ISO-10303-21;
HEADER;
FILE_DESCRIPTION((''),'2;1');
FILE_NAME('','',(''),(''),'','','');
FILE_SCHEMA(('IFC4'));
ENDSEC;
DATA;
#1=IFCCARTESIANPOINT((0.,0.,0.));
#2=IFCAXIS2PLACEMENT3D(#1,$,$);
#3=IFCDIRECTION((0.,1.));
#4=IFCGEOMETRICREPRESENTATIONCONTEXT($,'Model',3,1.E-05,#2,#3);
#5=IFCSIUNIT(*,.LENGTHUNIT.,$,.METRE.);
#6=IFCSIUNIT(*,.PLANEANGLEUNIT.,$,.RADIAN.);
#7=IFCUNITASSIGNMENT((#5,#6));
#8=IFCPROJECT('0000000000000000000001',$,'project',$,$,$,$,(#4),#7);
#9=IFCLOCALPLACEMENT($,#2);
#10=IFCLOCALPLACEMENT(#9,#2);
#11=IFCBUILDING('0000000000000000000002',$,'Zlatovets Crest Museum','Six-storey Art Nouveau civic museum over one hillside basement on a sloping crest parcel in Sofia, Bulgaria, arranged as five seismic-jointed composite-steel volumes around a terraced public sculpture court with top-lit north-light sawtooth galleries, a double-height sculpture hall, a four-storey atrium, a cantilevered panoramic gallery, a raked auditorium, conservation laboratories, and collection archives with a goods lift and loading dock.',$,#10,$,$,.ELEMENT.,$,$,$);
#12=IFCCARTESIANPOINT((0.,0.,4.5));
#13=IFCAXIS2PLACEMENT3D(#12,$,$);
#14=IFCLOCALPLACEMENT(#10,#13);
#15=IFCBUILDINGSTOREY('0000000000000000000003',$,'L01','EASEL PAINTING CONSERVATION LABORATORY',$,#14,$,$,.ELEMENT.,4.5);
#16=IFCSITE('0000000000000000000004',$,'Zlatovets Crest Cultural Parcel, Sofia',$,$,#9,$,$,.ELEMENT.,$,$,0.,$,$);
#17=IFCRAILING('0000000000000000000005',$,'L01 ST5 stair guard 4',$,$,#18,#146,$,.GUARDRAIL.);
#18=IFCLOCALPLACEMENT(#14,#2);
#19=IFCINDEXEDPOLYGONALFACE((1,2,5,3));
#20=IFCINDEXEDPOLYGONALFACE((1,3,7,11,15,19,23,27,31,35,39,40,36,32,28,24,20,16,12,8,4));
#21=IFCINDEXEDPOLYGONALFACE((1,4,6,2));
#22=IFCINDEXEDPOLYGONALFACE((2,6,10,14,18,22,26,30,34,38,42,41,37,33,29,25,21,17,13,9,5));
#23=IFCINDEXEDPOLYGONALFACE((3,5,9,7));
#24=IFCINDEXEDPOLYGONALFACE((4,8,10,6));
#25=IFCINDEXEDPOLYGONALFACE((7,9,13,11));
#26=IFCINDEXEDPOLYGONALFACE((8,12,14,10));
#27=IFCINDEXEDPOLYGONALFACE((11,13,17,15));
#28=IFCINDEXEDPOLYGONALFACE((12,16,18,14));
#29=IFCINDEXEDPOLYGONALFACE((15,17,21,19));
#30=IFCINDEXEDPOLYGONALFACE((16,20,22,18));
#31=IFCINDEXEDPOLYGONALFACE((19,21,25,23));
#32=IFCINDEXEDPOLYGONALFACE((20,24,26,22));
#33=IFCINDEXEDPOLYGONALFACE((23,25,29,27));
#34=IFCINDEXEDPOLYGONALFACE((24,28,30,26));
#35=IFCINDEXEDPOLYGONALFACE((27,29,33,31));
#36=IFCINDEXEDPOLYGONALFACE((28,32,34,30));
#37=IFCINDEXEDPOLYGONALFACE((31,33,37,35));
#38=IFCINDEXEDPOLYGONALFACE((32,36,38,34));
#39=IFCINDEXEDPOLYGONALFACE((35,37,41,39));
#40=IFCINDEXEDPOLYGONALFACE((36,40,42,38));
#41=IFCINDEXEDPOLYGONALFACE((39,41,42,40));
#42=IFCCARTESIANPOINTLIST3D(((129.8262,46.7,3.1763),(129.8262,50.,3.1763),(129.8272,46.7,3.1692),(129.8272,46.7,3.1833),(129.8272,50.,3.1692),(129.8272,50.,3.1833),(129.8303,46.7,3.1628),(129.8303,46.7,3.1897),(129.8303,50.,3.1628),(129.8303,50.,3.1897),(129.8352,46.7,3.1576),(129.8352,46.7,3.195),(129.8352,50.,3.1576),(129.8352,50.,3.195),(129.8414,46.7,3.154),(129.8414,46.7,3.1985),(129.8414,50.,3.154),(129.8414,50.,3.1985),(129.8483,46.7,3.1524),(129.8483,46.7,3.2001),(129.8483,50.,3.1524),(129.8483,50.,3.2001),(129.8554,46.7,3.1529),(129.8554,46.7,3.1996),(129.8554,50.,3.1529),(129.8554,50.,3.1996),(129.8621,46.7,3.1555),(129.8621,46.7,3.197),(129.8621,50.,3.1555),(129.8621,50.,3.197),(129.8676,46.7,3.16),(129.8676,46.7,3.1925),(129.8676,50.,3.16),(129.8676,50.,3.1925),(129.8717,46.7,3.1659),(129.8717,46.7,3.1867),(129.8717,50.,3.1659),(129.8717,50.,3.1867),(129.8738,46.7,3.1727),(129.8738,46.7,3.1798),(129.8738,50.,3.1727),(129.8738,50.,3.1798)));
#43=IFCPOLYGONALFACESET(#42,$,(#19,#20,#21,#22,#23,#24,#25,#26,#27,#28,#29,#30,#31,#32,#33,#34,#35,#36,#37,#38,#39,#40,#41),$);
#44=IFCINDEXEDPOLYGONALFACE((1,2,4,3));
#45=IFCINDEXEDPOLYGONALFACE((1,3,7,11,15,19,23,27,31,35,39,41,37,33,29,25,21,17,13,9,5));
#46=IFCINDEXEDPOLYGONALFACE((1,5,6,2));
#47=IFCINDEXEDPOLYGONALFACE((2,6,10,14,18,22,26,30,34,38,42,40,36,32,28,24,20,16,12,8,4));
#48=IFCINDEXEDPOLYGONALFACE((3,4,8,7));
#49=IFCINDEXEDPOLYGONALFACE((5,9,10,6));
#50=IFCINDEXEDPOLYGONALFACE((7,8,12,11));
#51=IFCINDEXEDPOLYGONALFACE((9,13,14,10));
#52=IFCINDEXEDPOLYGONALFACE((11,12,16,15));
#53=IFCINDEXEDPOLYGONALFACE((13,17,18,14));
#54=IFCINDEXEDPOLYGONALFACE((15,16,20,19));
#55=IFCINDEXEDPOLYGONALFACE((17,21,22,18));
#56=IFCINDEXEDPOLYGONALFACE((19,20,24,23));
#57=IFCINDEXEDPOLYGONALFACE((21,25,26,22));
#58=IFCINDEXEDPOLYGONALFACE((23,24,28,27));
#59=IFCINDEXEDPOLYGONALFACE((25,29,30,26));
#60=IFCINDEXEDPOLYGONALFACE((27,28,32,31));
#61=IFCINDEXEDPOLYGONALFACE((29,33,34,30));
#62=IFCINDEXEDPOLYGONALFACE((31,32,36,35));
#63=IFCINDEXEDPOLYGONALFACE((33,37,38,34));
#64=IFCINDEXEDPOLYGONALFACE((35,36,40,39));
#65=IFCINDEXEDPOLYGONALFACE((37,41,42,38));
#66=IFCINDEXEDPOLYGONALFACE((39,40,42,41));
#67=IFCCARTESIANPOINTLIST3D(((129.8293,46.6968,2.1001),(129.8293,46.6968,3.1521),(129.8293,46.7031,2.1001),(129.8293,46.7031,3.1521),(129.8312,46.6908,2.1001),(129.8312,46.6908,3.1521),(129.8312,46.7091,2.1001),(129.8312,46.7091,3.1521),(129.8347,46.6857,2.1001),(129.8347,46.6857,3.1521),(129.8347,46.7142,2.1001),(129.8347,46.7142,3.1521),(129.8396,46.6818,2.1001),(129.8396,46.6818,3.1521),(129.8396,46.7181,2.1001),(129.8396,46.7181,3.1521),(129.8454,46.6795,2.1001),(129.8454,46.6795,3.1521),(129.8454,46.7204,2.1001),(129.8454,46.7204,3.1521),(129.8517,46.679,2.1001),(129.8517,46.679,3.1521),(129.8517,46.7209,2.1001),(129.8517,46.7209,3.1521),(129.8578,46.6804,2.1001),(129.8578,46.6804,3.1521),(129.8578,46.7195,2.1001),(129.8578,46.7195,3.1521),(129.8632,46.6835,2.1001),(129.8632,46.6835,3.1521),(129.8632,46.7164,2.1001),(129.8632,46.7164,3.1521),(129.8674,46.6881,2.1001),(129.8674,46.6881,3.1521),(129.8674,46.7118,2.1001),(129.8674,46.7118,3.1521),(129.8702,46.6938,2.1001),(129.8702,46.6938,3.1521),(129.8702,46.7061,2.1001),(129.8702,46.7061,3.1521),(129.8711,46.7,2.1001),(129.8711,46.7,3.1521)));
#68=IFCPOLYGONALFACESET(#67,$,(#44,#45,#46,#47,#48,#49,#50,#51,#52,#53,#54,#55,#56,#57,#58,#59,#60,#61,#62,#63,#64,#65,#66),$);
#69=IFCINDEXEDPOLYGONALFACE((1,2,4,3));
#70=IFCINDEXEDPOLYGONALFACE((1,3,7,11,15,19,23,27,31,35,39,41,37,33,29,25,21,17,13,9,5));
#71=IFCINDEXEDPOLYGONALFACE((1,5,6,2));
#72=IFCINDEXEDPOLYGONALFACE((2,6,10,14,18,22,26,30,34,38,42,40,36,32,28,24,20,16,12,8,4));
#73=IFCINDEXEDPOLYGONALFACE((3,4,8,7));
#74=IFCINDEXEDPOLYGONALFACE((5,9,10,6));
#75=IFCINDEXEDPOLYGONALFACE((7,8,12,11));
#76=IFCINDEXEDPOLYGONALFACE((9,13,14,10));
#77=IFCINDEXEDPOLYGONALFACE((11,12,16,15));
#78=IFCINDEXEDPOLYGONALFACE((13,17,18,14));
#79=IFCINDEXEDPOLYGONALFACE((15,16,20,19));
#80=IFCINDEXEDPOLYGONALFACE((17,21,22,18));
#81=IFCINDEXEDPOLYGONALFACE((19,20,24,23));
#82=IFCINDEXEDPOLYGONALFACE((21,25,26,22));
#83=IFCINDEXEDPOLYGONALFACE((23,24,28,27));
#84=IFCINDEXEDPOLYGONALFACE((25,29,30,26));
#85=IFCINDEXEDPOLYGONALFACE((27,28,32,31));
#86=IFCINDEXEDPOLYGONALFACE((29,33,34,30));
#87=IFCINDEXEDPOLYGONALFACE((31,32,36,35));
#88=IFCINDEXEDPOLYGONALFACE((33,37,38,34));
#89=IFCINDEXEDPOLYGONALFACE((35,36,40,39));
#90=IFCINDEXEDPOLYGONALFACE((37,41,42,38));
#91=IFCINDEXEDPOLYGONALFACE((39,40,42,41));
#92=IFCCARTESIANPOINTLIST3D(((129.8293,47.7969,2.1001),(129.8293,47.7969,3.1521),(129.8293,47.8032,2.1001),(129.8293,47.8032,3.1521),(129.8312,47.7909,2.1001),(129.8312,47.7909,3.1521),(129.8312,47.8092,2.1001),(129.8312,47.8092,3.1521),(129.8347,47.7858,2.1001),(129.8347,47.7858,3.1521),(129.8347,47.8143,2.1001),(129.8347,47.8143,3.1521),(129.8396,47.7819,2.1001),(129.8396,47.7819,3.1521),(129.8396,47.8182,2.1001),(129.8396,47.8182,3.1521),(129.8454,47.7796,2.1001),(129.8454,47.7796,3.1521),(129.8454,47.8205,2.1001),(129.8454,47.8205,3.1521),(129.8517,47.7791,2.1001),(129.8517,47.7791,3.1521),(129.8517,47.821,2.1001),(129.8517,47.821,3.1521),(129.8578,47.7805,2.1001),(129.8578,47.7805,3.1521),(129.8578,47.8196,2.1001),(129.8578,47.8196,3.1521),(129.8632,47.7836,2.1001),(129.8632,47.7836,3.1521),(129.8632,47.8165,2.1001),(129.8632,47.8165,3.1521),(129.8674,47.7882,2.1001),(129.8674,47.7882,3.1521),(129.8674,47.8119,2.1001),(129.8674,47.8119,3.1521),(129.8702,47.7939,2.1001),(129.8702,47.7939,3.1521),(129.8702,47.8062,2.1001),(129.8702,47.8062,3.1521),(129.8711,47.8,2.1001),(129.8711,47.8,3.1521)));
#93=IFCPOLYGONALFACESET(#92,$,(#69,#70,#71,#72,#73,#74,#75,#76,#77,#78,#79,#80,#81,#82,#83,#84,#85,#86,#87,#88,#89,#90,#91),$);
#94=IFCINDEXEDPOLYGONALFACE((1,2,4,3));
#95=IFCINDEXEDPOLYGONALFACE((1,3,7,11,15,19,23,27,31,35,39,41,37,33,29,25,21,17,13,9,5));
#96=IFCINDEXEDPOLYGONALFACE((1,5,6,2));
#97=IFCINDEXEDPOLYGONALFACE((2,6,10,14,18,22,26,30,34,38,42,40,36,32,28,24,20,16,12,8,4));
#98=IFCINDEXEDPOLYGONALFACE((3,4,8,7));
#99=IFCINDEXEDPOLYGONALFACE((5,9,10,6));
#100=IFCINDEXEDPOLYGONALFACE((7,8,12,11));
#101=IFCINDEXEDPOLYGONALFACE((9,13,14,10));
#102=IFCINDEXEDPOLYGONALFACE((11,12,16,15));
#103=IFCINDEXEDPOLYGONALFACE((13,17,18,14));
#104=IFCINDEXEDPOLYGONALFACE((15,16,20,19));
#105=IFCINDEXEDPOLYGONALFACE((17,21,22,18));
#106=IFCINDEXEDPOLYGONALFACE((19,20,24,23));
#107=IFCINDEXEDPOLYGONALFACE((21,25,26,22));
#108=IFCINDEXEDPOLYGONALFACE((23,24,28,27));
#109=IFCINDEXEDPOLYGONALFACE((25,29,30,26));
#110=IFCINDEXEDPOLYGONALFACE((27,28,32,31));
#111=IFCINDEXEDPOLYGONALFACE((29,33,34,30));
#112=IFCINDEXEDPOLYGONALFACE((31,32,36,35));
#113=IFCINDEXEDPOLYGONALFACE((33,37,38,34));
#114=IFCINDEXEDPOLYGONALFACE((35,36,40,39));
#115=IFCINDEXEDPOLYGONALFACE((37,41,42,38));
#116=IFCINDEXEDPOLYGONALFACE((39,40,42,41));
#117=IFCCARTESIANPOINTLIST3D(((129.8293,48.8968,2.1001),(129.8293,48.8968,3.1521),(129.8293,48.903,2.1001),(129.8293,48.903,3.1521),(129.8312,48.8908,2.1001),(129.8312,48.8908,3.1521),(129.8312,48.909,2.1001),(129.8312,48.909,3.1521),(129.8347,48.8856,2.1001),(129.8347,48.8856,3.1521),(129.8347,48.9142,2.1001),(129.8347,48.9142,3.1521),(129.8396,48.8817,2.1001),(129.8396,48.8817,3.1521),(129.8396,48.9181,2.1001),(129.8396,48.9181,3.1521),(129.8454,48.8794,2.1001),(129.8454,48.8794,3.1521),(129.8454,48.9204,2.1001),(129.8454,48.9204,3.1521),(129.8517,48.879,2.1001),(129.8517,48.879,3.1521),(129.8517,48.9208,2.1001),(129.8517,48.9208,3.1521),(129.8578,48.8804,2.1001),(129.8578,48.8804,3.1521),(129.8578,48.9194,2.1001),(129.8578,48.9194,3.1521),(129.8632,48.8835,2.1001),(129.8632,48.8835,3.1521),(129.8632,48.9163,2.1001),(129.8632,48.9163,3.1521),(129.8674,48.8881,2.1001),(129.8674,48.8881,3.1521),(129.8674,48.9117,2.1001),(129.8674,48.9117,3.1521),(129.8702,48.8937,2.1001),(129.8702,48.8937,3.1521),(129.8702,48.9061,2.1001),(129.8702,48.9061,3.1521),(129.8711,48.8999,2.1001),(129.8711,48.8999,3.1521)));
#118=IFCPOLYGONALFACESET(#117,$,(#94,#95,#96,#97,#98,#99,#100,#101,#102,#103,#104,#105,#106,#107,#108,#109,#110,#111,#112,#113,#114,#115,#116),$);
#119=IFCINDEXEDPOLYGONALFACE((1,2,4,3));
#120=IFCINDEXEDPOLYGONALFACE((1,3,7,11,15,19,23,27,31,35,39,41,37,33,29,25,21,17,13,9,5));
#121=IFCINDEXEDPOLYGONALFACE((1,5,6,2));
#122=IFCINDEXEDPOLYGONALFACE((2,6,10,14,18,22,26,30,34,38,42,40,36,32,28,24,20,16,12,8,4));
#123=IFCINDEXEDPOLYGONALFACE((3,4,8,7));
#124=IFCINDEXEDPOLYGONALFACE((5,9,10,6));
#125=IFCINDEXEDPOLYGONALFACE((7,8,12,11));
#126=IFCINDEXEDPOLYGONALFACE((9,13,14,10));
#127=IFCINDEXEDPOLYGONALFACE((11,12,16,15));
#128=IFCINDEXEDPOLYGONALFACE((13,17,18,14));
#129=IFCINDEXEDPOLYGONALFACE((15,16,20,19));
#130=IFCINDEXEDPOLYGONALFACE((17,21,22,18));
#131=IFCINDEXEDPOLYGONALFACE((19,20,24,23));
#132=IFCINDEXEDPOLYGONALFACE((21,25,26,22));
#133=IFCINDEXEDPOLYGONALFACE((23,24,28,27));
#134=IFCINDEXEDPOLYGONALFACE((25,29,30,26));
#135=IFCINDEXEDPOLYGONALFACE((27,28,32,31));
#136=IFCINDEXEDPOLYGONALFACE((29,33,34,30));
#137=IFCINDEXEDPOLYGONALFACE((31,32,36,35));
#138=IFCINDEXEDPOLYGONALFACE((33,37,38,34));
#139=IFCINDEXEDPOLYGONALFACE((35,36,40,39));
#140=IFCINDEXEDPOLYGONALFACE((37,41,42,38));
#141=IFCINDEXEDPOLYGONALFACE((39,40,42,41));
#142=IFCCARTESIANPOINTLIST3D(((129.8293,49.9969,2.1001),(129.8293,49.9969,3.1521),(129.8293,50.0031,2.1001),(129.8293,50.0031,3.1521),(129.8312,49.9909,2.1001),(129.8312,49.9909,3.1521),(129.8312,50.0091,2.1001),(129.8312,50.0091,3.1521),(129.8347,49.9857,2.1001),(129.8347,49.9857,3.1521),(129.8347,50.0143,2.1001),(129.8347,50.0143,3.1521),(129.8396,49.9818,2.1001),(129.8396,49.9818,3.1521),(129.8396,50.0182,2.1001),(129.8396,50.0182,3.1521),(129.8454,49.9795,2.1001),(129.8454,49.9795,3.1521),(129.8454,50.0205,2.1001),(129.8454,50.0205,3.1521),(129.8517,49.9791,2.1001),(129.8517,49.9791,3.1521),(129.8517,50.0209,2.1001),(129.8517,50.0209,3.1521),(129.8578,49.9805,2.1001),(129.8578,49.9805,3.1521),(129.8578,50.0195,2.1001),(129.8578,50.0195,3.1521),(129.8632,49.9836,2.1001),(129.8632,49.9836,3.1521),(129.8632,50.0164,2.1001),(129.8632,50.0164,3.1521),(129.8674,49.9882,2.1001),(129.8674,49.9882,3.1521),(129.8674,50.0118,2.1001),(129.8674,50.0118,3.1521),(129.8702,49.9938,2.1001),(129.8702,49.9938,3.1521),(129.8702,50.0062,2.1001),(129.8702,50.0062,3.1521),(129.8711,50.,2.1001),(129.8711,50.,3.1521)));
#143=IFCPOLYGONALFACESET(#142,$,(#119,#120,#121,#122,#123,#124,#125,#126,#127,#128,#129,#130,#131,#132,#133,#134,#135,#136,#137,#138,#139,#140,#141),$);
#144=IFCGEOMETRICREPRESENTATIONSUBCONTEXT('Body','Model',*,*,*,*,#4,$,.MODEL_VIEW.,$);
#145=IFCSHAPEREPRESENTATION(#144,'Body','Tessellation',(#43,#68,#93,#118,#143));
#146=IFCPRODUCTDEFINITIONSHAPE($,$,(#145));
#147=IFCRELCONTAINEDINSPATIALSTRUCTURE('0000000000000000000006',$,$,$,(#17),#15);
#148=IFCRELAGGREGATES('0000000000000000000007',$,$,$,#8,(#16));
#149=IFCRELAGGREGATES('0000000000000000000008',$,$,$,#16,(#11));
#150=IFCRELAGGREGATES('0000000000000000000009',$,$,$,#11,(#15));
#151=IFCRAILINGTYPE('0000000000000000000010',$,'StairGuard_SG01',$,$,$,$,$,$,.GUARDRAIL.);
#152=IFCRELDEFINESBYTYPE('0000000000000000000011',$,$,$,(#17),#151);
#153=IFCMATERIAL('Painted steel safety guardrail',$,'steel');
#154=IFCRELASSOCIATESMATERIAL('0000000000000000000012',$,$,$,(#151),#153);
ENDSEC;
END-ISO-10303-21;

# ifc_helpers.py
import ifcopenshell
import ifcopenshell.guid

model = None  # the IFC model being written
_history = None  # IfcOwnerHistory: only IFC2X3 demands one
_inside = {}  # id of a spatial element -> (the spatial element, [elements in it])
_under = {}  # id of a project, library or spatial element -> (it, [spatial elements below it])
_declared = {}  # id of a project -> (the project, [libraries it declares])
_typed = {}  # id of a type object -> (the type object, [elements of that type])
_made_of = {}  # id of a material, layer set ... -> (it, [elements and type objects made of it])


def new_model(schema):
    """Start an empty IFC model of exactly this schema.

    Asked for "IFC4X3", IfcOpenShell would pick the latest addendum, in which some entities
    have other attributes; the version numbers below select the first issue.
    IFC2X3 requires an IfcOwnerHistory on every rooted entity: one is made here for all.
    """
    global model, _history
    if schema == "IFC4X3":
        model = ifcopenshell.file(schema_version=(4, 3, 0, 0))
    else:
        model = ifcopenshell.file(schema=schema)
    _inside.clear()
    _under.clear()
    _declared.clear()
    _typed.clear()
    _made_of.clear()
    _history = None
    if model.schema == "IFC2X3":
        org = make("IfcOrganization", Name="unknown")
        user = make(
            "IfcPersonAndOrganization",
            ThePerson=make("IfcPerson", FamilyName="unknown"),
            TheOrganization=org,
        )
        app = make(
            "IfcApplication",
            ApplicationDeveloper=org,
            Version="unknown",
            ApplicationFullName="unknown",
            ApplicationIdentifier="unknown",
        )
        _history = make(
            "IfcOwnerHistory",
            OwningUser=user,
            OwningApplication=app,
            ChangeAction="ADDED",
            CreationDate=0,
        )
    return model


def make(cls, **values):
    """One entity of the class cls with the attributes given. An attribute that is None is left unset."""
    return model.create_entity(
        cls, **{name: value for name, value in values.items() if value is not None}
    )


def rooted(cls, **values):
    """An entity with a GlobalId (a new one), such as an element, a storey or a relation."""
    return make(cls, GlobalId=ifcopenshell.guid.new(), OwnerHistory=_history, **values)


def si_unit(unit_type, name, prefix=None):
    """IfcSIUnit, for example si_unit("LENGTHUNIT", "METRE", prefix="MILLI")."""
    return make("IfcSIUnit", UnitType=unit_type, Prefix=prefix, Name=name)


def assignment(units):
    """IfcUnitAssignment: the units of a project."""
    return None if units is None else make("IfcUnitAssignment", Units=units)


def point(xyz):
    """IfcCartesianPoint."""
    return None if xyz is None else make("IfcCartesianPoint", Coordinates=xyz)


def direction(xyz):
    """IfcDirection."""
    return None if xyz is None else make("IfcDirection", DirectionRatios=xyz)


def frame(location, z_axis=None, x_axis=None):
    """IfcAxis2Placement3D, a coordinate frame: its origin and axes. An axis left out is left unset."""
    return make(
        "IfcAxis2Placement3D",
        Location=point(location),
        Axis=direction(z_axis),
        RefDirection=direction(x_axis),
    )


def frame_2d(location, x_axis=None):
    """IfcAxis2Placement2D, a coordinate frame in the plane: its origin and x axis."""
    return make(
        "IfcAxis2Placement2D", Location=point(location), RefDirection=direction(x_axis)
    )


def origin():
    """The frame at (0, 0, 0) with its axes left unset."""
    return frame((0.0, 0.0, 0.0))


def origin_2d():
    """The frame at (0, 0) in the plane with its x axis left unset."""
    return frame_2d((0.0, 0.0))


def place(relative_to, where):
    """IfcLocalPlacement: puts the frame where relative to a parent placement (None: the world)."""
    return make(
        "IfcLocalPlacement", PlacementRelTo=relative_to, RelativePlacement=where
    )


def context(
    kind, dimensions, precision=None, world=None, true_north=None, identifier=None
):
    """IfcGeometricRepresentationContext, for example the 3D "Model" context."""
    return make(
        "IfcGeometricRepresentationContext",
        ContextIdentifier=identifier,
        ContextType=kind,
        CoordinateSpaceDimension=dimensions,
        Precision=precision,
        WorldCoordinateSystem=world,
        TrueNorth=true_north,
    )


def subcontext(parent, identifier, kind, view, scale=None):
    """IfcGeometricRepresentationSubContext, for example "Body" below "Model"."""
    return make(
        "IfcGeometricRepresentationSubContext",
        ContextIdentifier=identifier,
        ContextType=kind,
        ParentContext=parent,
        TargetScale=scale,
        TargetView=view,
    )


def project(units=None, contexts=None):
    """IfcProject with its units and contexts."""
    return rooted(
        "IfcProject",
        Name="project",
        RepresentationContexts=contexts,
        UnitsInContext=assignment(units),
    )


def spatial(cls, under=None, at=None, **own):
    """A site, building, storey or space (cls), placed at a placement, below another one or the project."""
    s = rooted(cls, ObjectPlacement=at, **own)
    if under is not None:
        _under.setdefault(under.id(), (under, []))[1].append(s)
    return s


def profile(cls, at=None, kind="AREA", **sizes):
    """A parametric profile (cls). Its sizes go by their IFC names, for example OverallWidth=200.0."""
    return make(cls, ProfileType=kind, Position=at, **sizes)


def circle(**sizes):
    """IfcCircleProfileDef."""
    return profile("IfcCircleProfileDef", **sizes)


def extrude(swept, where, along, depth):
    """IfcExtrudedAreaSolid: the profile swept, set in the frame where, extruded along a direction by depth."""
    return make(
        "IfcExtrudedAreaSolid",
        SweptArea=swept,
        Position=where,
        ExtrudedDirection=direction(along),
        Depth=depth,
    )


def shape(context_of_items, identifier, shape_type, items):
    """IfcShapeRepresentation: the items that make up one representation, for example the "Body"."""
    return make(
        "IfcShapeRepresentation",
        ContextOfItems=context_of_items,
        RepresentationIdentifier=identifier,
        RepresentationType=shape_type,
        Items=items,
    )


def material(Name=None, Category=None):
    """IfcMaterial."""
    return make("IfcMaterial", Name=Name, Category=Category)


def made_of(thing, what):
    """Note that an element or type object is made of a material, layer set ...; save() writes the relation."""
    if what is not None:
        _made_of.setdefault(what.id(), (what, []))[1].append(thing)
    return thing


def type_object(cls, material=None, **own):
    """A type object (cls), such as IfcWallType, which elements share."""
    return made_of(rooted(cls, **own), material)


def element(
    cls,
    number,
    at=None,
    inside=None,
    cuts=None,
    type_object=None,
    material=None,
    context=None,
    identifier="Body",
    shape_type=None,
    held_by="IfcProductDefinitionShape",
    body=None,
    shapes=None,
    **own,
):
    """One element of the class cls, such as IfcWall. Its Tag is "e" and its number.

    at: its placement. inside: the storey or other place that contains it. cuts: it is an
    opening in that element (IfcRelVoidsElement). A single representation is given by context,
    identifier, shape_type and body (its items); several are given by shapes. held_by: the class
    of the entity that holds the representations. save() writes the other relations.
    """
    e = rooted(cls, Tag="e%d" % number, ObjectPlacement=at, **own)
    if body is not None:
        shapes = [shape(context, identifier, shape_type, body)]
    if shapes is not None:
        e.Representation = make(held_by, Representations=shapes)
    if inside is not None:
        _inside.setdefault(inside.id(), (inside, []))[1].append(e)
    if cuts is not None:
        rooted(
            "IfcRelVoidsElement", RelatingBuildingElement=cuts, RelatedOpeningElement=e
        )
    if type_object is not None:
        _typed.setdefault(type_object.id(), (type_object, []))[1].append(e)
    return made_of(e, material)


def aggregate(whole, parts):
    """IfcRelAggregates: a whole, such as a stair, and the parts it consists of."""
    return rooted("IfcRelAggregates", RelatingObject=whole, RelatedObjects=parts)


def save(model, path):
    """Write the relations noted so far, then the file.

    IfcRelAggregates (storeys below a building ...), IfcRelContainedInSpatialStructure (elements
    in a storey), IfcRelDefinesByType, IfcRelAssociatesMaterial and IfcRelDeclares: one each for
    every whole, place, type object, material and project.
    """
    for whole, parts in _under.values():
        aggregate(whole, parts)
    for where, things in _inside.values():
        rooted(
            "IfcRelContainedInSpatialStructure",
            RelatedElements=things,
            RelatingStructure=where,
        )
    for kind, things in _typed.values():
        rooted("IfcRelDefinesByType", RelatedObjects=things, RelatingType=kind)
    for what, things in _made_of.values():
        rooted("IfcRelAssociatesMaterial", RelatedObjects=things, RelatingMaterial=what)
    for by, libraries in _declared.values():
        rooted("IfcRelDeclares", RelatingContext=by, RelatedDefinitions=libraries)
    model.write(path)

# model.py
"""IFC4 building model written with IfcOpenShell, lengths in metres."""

from ifc_helpers import new_model, si_unit, direction, frame, origin, origin_2d, place, context, subcontext, project, spatial, circle, extrude, material, type_object, element, save


model = new_model("IFC4")

# Units and contexts
model_context = context("Model", 3, precision=1e-05, world=origin(), true_north=direction((0.0, 1.0)))
body_context = subcontext(model_context, "Body", "Model", "MODEL_VIEW")
ifc_project = project(units=[si_unit("LENGTHUNIT", "METRE"), si_unit("PLANEANGLEUNIT", "RADIAN")], contexts=[model_context])

# Site, building, storey
site_placement = place(None, origin())
site = spatial("IfcSite", under=ifc_project, at=site_placement, Name="Zlatovets Crest Cultural Parcel, Sofia", CompositionType="ELEMENT", RefElevation=0.0)
building_placement = place(site_placement, origin())
building = spatial("IfcBuilding", under=site, at=building_placement, Name="Zlatovets Crest Museum", Description="Six-storey Art Nouveau civic museum over one hillside basement on a sloping crest parcel in Sofia, Bulgaria, arranged as five seismic-jointed composite-steel volumes around a terraced public sculpture court with top-lit north-light sawtooth galleries, a double-height sculpture hall, a four-storey atrium, a cantilevered panoramic gallery, a raked auditorium, conservation laboratories, and collection archives with a goods lift and loading dock.", CompositionType="ELEMENT")
storey_placement = place(building_placement, frame((0.0, 0.0, 4.5)))
storey = spatial("IfcBuildingStorey", under=building, at=storey_placement, Name="L01", Description="EASEL PAINTING CONSERVATION LABORATORY", CompositionType="ELEMENT", Elevation=4.5)

# Railing
ifc_material_1 = material(Name="Painted steel safety guardrail", Category="steel")
railing_type_1 = type_object("IfcRailingType", Name="StairGuard_SG01", PredefinedType="GUARDRAIL", material=ifc_material_1)
for number, where, name in (
    (1, (129.8501, 46.7, 2.1001), "L01 ST5 stair guard 4"),
):
    element("IfcRailing", number, at=place(storey_placement, frame(where)), inside=storey, type_object=railing_type_1, Name=name, PredefinedType="GUARDRAIL", context=body_context, shape_type="SweptSolid", body=[
        extrude(circle(Radius=0.0239, at=origin_2d()), frame((0.0, 0.0, 1.0762), z_axis=(0.0, 1.0, 0.0), x_axis=(-1.0, 0.0, 0.0)), (0.0, 0.0, 1.0), 3.3),
        extrude(circle(Radius=0.021, at=origin_2d()), origin(), (0.0, 0.0, 1.0), 1.052),
        extrude(circle(Radius=0.021, at=origin_2d()), frame((0.0, 1.1001, 0.0)), (0.0, 0.0, 1.0), 1.052),
        extrude(circle(Radius=0.021, at=origin_2d()), frame((0.0, 2.2, 0.0)), (0.0, 0.0, 1.0), 1.052),
        extrude(circle(Radius=0.021, at=origin_2d()), frame((0.0, 3.3, 0.0)), (0.0, 0.0, 1.0), 1.052),
    ])

save(model, "model.ifc")
